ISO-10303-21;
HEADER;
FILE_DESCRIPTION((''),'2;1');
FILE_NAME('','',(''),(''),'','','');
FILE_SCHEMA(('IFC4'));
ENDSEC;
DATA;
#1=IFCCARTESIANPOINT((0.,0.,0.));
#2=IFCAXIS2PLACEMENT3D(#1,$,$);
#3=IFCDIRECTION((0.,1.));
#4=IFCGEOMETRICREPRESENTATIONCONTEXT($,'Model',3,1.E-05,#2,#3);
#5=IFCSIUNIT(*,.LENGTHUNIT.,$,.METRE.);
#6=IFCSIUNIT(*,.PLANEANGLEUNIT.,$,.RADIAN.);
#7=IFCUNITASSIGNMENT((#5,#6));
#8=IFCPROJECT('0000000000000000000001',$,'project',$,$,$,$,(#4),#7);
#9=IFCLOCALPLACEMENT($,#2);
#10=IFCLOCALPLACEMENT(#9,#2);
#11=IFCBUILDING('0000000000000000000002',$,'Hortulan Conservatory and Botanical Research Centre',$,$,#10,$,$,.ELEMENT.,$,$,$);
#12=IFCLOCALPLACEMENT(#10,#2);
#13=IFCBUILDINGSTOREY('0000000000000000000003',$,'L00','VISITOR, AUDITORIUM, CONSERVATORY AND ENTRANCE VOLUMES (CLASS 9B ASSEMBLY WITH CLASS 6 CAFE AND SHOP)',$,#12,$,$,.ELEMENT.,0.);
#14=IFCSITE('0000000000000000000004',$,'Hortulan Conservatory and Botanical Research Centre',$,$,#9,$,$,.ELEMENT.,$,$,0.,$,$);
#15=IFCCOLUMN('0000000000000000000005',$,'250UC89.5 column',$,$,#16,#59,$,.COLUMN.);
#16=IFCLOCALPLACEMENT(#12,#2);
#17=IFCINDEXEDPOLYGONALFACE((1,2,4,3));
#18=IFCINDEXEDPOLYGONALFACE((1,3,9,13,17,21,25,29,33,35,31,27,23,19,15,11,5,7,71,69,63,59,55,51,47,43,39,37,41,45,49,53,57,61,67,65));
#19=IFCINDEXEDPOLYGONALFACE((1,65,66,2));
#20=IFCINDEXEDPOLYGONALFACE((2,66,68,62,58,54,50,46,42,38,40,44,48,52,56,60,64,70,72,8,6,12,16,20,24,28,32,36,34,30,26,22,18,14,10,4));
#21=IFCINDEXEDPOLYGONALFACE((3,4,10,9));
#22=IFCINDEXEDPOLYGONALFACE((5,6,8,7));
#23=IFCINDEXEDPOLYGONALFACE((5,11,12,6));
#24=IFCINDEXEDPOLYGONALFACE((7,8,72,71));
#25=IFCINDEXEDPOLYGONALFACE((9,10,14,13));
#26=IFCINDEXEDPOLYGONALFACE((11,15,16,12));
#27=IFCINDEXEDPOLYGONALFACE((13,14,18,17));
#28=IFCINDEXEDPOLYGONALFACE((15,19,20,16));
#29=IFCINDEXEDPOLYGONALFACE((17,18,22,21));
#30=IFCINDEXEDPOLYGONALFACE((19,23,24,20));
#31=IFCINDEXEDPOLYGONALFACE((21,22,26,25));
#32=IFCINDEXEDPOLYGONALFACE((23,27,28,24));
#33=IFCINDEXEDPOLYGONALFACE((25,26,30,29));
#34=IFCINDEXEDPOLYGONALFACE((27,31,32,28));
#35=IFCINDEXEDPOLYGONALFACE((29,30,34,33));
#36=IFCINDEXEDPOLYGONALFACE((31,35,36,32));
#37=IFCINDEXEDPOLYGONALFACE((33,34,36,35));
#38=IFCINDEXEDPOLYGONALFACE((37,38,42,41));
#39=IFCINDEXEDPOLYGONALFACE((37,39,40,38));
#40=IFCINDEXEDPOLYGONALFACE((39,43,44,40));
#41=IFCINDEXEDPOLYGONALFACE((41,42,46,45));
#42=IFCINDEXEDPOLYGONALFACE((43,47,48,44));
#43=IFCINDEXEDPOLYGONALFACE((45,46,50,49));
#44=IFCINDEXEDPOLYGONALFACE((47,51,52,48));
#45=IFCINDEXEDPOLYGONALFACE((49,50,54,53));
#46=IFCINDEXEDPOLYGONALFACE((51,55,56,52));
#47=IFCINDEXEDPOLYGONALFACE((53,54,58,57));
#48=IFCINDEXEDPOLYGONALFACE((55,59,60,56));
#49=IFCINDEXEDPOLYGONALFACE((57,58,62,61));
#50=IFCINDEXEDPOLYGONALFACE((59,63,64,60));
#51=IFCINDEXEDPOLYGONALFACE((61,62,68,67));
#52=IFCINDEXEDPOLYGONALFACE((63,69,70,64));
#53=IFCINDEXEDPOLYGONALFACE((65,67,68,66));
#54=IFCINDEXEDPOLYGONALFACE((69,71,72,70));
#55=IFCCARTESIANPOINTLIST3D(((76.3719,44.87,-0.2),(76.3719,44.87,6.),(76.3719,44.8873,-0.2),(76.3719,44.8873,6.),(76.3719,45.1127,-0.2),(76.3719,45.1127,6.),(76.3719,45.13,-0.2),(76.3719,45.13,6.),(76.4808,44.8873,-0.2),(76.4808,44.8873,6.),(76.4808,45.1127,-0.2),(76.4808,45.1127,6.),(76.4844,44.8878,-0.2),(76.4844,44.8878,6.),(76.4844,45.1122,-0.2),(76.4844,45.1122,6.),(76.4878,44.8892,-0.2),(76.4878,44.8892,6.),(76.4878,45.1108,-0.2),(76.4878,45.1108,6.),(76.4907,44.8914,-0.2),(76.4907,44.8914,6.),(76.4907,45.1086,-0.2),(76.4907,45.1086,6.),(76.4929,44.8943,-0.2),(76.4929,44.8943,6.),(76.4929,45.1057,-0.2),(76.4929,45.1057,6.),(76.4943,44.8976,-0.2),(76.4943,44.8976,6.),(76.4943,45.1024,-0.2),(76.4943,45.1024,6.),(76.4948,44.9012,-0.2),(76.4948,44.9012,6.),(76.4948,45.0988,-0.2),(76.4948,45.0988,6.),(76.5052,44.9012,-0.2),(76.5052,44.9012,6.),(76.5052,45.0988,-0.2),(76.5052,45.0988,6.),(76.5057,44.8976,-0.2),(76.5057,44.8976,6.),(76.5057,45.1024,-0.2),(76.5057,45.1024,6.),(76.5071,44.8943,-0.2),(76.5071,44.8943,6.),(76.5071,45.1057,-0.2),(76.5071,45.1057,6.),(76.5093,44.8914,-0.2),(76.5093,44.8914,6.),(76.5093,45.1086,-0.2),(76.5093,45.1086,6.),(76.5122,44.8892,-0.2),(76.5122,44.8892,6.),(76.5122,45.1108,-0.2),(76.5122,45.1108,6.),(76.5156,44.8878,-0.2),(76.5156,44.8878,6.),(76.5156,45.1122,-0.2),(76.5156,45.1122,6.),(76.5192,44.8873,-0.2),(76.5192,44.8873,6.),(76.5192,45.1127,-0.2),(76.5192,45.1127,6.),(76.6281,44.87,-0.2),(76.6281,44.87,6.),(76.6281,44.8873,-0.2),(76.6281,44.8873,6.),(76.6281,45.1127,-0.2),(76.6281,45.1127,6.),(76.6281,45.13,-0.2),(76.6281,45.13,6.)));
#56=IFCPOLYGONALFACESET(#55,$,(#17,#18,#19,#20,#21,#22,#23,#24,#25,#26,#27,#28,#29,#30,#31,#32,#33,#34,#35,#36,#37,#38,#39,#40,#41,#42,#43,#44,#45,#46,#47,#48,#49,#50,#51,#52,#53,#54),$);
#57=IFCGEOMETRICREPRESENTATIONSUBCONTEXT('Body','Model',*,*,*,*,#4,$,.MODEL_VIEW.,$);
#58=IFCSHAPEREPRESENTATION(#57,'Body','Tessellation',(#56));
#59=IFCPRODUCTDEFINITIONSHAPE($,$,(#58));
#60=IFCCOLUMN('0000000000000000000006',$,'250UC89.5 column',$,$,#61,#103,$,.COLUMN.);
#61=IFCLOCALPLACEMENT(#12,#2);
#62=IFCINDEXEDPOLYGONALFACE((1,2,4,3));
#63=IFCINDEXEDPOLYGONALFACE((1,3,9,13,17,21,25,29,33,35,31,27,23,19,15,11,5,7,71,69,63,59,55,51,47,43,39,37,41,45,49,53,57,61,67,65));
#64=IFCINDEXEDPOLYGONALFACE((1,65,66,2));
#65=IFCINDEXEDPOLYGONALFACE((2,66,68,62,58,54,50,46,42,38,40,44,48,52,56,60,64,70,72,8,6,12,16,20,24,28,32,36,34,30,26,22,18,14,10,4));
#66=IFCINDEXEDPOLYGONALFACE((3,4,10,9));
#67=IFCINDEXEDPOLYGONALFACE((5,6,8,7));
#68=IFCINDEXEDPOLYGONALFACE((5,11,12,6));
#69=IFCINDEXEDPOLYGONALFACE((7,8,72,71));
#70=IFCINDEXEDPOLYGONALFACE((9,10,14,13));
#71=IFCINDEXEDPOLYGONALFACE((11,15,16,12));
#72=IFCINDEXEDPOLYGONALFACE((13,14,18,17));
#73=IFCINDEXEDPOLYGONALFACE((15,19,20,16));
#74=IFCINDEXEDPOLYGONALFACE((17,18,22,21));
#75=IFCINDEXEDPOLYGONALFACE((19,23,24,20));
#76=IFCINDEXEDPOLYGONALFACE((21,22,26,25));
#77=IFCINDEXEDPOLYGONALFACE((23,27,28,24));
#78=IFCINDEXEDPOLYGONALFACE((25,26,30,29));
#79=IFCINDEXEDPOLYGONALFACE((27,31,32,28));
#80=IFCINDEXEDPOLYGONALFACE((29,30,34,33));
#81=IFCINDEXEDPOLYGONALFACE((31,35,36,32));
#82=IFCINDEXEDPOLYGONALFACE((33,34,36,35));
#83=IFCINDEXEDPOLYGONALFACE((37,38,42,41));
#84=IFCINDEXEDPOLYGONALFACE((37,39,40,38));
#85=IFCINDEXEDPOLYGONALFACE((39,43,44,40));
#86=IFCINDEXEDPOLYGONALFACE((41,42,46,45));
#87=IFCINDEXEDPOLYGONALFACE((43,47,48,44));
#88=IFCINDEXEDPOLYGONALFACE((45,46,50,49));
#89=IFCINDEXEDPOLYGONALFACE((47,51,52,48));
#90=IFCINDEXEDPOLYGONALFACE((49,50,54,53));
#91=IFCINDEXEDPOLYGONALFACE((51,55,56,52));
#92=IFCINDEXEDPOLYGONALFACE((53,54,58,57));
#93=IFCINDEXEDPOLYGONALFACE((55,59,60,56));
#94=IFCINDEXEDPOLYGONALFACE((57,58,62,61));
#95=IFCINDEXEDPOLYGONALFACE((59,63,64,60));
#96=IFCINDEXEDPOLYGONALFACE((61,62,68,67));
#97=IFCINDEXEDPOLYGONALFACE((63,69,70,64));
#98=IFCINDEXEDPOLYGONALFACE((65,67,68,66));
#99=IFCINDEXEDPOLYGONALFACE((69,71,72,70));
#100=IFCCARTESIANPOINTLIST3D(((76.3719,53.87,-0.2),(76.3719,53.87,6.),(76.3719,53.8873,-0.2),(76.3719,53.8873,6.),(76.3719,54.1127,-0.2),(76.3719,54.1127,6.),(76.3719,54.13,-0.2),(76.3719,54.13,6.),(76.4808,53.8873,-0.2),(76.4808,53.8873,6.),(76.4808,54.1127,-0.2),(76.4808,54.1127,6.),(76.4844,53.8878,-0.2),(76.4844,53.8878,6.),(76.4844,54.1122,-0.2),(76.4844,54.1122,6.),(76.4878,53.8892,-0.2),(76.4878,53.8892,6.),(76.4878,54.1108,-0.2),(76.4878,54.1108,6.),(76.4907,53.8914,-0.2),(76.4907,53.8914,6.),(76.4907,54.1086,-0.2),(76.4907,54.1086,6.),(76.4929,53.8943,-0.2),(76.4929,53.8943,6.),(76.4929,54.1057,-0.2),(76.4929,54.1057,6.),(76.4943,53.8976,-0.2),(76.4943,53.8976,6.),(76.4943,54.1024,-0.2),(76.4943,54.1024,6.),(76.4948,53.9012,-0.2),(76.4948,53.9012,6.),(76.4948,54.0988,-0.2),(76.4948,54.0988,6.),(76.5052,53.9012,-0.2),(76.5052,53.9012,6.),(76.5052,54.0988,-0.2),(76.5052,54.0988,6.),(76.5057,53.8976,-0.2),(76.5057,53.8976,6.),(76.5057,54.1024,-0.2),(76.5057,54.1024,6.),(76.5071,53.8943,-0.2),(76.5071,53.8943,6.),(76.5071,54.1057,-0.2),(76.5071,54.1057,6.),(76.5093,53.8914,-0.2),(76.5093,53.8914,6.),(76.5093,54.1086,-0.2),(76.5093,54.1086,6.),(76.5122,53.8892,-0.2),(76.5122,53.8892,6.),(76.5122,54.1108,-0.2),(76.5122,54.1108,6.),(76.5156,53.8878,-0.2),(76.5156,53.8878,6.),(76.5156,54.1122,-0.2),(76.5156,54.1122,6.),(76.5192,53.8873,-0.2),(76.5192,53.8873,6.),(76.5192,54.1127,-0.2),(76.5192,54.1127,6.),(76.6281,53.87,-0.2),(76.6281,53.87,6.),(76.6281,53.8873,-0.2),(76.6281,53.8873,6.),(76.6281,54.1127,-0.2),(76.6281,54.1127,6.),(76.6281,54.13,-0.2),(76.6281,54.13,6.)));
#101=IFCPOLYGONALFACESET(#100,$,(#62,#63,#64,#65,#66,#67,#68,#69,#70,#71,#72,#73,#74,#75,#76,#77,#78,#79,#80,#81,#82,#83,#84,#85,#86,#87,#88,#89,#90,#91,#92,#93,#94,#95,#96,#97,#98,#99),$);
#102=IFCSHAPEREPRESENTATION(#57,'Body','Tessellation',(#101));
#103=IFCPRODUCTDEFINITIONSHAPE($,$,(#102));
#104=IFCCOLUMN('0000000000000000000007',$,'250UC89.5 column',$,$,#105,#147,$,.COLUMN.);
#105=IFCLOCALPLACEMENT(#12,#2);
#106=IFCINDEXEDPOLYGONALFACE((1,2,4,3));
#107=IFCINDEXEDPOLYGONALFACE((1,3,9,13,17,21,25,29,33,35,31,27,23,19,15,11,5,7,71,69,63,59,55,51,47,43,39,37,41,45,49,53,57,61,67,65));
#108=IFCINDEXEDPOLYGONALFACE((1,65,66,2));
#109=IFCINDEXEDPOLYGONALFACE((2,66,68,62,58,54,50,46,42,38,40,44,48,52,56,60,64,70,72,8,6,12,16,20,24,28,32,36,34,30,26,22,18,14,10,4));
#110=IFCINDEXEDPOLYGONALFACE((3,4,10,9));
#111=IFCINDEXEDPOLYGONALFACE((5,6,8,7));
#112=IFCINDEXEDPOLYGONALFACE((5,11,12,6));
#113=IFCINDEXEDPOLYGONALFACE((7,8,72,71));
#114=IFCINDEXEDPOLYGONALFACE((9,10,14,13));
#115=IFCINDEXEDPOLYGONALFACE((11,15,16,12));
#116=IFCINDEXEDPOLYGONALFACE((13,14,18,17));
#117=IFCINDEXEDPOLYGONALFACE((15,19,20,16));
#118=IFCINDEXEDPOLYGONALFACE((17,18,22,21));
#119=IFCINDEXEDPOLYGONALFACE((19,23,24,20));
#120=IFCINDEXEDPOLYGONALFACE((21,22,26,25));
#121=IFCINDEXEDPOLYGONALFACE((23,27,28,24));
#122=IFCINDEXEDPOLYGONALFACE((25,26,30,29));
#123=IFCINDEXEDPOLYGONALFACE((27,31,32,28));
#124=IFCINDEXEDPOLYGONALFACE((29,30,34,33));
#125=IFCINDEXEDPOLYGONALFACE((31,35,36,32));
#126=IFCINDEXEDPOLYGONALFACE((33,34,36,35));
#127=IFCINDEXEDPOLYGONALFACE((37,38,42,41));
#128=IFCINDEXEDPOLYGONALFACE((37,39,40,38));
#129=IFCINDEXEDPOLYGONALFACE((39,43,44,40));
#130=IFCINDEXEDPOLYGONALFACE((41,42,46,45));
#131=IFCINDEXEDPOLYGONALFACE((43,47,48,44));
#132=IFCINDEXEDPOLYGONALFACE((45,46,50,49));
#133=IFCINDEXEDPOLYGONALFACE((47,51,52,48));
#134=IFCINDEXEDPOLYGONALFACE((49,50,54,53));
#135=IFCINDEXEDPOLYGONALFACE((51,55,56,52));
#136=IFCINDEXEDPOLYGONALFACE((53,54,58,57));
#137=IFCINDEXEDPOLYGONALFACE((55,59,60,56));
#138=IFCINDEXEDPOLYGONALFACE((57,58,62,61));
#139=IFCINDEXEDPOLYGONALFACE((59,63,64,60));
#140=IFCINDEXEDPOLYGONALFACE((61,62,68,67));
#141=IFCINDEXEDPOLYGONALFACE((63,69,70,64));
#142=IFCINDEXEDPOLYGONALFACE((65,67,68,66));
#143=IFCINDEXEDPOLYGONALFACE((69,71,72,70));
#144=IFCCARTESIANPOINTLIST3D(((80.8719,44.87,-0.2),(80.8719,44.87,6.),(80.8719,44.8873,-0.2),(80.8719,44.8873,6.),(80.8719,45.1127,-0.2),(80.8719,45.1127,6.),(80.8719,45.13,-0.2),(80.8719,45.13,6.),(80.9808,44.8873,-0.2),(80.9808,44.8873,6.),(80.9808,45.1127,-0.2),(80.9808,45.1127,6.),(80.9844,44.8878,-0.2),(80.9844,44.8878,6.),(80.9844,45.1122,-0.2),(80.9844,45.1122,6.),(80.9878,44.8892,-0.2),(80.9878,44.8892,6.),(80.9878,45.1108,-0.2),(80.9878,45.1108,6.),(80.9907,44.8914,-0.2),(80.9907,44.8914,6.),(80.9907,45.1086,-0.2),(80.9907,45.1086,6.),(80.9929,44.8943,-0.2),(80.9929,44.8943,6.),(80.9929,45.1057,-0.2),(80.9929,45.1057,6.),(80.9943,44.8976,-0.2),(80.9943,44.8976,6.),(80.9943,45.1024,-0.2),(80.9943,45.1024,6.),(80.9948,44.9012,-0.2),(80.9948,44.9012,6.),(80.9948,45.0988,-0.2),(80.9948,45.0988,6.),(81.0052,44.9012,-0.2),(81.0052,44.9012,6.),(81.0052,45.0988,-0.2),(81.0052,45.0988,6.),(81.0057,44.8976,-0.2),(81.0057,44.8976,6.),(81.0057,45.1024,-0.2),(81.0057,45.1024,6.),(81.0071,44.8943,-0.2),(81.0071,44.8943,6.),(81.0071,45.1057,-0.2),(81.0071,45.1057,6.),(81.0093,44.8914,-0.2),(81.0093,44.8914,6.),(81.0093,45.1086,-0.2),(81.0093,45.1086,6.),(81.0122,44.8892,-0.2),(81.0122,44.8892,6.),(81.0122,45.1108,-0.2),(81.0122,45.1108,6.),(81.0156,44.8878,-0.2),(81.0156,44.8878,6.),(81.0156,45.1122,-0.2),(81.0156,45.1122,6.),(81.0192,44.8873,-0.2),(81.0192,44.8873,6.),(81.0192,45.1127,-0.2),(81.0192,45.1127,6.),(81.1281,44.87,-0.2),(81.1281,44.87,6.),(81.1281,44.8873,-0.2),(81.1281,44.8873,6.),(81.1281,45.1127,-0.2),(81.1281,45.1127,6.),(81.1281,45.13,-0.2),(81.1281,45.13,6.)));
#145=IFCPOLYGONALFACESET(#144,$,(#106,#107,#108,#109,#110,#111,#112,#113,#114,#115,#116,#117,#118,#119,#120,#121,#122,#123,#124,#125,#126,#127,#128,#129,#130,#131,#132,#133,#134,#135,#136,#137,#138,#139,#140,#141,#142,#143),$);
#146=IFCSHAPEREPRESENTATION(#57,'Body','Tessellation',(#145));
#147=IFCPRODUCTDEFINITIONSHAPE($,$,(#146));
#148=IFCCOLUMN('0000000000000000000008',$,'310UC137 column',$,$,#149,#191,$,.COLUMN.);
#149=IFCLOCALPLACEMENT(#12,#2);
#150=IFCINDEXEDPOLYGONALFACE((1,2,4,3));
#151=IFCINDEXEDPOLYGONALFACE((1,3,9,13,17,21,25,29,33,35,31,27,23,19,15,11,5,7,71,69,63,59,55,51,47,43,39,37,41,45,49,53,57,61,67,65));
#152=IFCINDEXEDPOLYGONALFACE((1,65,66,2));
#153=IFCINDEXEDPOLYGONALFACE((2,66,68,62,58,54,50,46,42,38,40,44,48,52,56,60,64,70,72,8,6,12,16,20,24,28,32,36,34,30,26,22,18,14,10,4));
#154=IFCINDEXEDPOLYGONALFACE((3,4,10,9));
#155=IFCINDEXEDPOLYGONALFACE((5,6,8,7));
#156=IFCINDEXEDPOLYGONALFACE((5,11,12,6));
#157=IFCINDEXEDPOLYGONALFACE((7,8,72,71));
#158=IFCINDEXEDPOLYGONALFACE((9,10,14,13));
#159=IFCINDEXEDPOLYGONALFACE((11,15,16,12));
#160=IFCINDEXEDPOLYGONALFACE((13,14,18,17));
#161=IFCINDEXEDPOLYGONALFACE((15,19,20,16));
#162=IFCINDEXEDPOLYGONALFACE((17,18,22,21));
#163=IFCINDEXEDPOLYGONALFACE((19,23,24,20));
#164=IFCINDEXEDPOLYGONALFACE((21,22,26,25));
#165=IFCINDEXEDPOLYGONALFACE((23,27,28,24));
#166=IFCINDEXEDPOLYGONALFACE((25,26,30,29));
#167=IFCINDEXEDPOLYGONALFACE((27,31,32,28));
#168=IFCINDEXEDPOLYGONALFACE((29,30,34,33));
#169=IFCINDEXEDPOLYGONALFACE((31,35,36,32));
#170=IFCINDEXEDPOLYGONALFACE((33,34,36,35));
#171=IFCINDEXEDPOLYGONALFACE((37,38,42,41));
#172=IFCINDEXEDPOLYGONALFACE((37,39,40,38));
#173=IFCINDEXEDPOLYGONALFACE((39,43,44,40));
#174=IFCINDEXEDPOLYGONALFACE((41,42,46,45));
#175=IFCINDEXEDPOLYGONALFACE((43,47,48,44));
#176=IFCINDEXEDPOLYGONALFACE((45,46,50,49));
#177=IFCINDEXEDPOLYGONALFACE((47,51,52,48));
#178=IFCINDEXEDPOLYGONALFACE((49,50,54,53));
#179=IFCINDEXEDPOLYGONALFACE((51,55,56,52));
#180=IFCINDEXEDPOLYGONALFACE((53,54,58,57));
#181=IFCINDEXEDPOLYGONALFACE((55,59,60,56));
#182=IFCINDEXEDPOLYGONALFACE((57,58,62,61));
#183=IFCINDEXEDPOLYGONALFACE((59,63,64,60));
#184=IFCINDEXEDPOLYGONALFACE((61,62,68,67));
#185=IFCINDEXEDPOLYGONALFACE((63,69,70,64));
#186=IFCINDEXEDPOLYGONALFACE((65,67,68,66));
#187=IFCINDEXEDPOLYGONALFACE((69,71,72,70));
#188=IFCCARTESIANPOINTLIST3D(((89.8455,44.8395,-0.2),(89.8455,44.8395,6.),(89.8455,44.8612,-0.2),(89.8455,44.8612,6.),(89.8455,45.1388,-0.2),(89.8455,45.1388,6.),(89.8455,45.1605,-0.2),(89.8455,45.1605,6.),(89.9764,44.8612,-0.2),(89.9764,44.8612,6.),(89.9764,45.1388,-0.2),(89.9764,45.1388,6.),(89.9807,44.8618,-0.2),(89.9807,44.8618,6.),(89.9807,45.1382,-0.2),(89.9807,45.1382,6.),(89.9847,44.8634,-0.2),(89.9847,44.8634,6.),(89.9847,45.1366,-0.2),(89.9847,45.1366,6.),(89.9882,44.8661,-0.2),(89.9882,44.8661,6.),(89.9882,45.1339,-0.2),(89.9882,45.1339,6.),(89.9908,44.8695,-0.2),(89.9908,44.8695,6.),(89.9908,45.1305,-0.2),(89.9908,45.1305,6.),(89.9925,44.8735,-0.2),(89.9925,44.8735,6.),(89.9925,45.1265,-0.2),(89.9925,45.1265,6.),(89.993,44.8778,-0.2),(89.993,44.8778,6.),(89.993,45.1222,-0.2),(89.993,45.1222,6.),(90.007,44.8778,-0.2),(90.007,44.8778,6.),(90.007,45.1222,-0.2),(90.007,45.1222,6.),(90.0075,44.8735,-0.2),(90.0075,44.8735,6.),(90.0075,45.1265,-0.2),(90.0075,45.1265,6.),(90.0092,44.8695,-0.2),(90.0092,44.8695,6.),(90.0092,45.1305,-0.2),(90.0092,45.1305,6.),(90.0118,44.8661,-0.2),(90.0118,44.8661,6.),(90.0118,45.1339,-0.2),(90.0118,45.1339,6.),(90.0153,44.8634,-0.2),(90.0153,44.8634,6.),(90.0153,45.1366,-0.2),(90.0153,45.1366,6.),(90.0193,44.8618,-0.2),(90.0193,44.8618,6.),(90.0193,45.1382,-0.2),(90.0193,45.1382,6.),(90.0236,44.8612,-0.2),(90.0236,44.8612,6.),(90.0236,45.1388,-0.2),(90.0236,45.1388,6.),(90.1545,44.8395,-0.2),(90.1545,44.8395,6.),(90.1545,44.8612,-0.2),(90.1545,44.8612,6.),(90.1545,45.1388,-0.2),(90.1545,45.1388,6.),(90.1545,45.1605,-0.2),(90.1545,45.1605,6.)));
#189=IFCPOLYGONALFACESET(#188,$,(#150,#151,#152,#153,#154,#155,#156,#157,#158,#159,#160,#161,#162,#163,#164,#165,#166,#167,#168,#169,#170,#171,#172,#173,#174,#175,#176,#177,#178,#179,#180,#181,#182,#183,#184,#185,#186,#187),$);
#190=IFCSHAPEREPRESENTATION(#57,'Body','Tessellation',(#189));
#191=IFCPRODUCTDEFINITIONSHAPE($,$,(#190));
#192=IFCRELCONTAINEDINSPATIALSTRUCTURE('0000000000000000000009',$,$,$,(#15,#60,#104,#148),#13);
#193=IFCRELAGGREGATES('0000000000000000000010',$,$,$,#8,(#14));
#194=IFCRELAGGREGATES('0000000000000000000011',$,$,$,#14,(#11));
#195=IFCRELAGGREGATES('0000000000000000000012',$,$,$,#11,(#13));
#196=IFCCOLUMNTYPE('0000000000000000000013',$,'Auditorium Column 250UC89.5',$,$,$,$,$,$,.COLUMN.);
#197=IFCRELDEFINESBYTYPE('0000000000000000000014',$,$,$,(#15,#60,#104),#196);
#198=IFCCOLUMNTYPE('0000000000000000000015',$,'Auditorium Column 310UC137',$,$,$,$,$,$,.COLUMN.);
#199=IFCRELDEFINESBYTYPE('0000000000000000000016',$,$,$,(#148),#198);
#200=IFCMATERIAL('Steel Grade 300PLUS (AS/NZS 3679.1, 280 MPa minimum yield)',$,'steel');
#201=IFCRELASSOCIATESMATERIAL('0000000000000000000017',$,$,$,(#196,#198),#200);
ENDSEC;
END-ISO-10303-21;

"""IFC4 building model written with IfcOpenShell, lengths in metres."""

from ifc_helpers import new_model, si_unit, direction, frame, origin, origin_2d, place, context, subcontext, project, spatial, i_section, extrude, material, material_profile, profile_set, type_object, element, save


model = new_model("IFC4")

# Units and contexts
model_context = context("Model", 3, precision=1e-05, world=origin(), true_north=direction((0.0, 1.0)))
body_context = subcontext(model_context, "Body", "Model", "MODEL_VIEW")
ifc_project = project(units=[si_unit("LENGTHUNIT", "METRE"), si_unit("PLANEANGLEUNIT", "RADIAN")], contexts=[model_context])

# Site, building, storey
site_placement = place(None, origin())
site = spatial("IfcSite", under=ifc_project, at=site_placement, Name="Hortulan Conservatory and Botanical Research Centre", CompositionType="ELEMENT", RefElevation=0.0)
building_placement = place(site_placement, origin())
building = spatial("IfcBuilding", under=site, at=building_placement, Name="Hortulan Conservatory and Botanical Research Centre", CompositionType="ELEMENT")
storey_placement = place(building_placement, origin())
storey = spatial("IfcBuildingStorey", under=building, at=storey_placement, Name="L00", Description="VISITOR, AUDITORIUM, CONSERVATORY AND ENTRANCE VOLUMES (CLASS 9B ASSEMBLY WITH CLASS 6 CAFE AND SHOP)", CompositionType="ELEMENT", Elevation=0.0)

# Columns
ifc_material_1 = material(Name="Steel Grade 300PLUS (AS/NZS 3679.1, 280 MPa minimum yield)", Category="steel")
ifc_material_profile_1 = material_profile(ifc_material_1, i_section(OverallWidth=0.2561, OverallDepth=0.26, WebThickness=0.0105, FlangeThickness=0.0173, FilletRadius=0.0139, at=origin_2d()), Name="250UC89.5")
ifc_profile_set_1 = profile_set([ifc_material_profile_1], Name="Steel Grade 300PLUS (AS/NZS 3679.1, 280 MPa minimum yield)")
column_type_1 = type_object("IfcColumnType", Name="Auditorium Column 250UC89.5", PredefinedType="COLUMN", material=ifc_profile_set_1)
for number, where, z_axis, x_axis, name in (
    (1, (76.5, 45.0, -0.2), (0.0, 0.0, 1.0), (1.0, 0.0, 0.0), "250UC89.5 column"),
    (2, (76.5, 54.0, -0.2), (0.0, 0.0, 1.0), (1.0, 0.0, 0.0), "250UC89.5 column"),
    (3, (81.0, 45.0, -0.2), (0.0, 0.0, 1.0), (1.0, 0.0, 0.0), "250UC89.5 column"),
):
    element("IfcColumn", number, at=place(storey_placement, frame(where, z_axis=z_axis, x_axis=x_axis)), inside=storey, type_object=column_type_1, Name=name, PredefinedType="COLUMN", context=body_context, shape_type="SweptSolid", body=[
        extrude(i_section(OverallWidth=0.2561, OverallDepth=0.26, WebThickness=0.0105, FlangeThickness=0.0173, FilletRadius=0.0139, at=origin_2d()), origin(), (0.0, 0.0, 1.0), 6.2),
    ])
ifc_material_profile_2 = material_profile(ifc_material_1, i_section(OverallWidth=0.3091, OverallDepth=0.321, WebThickness=0.0139, FlangeThickness=0.0217, FilletRadius=0.0166, at=origin_2d()), Name="310UC137")
ifc_profile_set_2 = profile_set([ifc_material_profile_2], Name="Steel Grade 300PLUS (AS/NZS 3679.1, 280 MPa minimum yield)")
column_type_2 = type_object("IfcColumnType", Name="Auditorium Column 310UC137", PredefinedType="COLUMN", material=ifc_profile_set_2)
column_placement = place(storey_placement, frame((90.0, 45.0, -0.2), z_axis=(0.0, 0.0, 1.0), x_axis=(1.0, 0.0, 0.0)))
element("IfcColumn", 4, at=column_placement, inside=storey, type_object=column_type_2, Name="310UC137 column", PredefinedType="COLUMN", context=body_context, shape_type="SweptSolid", body=[
    extrude(i_section(OverallWidth=0.3091, OverallDepth=0.321, WebThickness=0.0139, FlangeThickness=0.0217, FilletRadius=0.0166, at=origin_2d()), origin(), (0.0, 0.0, 1.0), 6.2),
])

save(model, "model.ifc")
